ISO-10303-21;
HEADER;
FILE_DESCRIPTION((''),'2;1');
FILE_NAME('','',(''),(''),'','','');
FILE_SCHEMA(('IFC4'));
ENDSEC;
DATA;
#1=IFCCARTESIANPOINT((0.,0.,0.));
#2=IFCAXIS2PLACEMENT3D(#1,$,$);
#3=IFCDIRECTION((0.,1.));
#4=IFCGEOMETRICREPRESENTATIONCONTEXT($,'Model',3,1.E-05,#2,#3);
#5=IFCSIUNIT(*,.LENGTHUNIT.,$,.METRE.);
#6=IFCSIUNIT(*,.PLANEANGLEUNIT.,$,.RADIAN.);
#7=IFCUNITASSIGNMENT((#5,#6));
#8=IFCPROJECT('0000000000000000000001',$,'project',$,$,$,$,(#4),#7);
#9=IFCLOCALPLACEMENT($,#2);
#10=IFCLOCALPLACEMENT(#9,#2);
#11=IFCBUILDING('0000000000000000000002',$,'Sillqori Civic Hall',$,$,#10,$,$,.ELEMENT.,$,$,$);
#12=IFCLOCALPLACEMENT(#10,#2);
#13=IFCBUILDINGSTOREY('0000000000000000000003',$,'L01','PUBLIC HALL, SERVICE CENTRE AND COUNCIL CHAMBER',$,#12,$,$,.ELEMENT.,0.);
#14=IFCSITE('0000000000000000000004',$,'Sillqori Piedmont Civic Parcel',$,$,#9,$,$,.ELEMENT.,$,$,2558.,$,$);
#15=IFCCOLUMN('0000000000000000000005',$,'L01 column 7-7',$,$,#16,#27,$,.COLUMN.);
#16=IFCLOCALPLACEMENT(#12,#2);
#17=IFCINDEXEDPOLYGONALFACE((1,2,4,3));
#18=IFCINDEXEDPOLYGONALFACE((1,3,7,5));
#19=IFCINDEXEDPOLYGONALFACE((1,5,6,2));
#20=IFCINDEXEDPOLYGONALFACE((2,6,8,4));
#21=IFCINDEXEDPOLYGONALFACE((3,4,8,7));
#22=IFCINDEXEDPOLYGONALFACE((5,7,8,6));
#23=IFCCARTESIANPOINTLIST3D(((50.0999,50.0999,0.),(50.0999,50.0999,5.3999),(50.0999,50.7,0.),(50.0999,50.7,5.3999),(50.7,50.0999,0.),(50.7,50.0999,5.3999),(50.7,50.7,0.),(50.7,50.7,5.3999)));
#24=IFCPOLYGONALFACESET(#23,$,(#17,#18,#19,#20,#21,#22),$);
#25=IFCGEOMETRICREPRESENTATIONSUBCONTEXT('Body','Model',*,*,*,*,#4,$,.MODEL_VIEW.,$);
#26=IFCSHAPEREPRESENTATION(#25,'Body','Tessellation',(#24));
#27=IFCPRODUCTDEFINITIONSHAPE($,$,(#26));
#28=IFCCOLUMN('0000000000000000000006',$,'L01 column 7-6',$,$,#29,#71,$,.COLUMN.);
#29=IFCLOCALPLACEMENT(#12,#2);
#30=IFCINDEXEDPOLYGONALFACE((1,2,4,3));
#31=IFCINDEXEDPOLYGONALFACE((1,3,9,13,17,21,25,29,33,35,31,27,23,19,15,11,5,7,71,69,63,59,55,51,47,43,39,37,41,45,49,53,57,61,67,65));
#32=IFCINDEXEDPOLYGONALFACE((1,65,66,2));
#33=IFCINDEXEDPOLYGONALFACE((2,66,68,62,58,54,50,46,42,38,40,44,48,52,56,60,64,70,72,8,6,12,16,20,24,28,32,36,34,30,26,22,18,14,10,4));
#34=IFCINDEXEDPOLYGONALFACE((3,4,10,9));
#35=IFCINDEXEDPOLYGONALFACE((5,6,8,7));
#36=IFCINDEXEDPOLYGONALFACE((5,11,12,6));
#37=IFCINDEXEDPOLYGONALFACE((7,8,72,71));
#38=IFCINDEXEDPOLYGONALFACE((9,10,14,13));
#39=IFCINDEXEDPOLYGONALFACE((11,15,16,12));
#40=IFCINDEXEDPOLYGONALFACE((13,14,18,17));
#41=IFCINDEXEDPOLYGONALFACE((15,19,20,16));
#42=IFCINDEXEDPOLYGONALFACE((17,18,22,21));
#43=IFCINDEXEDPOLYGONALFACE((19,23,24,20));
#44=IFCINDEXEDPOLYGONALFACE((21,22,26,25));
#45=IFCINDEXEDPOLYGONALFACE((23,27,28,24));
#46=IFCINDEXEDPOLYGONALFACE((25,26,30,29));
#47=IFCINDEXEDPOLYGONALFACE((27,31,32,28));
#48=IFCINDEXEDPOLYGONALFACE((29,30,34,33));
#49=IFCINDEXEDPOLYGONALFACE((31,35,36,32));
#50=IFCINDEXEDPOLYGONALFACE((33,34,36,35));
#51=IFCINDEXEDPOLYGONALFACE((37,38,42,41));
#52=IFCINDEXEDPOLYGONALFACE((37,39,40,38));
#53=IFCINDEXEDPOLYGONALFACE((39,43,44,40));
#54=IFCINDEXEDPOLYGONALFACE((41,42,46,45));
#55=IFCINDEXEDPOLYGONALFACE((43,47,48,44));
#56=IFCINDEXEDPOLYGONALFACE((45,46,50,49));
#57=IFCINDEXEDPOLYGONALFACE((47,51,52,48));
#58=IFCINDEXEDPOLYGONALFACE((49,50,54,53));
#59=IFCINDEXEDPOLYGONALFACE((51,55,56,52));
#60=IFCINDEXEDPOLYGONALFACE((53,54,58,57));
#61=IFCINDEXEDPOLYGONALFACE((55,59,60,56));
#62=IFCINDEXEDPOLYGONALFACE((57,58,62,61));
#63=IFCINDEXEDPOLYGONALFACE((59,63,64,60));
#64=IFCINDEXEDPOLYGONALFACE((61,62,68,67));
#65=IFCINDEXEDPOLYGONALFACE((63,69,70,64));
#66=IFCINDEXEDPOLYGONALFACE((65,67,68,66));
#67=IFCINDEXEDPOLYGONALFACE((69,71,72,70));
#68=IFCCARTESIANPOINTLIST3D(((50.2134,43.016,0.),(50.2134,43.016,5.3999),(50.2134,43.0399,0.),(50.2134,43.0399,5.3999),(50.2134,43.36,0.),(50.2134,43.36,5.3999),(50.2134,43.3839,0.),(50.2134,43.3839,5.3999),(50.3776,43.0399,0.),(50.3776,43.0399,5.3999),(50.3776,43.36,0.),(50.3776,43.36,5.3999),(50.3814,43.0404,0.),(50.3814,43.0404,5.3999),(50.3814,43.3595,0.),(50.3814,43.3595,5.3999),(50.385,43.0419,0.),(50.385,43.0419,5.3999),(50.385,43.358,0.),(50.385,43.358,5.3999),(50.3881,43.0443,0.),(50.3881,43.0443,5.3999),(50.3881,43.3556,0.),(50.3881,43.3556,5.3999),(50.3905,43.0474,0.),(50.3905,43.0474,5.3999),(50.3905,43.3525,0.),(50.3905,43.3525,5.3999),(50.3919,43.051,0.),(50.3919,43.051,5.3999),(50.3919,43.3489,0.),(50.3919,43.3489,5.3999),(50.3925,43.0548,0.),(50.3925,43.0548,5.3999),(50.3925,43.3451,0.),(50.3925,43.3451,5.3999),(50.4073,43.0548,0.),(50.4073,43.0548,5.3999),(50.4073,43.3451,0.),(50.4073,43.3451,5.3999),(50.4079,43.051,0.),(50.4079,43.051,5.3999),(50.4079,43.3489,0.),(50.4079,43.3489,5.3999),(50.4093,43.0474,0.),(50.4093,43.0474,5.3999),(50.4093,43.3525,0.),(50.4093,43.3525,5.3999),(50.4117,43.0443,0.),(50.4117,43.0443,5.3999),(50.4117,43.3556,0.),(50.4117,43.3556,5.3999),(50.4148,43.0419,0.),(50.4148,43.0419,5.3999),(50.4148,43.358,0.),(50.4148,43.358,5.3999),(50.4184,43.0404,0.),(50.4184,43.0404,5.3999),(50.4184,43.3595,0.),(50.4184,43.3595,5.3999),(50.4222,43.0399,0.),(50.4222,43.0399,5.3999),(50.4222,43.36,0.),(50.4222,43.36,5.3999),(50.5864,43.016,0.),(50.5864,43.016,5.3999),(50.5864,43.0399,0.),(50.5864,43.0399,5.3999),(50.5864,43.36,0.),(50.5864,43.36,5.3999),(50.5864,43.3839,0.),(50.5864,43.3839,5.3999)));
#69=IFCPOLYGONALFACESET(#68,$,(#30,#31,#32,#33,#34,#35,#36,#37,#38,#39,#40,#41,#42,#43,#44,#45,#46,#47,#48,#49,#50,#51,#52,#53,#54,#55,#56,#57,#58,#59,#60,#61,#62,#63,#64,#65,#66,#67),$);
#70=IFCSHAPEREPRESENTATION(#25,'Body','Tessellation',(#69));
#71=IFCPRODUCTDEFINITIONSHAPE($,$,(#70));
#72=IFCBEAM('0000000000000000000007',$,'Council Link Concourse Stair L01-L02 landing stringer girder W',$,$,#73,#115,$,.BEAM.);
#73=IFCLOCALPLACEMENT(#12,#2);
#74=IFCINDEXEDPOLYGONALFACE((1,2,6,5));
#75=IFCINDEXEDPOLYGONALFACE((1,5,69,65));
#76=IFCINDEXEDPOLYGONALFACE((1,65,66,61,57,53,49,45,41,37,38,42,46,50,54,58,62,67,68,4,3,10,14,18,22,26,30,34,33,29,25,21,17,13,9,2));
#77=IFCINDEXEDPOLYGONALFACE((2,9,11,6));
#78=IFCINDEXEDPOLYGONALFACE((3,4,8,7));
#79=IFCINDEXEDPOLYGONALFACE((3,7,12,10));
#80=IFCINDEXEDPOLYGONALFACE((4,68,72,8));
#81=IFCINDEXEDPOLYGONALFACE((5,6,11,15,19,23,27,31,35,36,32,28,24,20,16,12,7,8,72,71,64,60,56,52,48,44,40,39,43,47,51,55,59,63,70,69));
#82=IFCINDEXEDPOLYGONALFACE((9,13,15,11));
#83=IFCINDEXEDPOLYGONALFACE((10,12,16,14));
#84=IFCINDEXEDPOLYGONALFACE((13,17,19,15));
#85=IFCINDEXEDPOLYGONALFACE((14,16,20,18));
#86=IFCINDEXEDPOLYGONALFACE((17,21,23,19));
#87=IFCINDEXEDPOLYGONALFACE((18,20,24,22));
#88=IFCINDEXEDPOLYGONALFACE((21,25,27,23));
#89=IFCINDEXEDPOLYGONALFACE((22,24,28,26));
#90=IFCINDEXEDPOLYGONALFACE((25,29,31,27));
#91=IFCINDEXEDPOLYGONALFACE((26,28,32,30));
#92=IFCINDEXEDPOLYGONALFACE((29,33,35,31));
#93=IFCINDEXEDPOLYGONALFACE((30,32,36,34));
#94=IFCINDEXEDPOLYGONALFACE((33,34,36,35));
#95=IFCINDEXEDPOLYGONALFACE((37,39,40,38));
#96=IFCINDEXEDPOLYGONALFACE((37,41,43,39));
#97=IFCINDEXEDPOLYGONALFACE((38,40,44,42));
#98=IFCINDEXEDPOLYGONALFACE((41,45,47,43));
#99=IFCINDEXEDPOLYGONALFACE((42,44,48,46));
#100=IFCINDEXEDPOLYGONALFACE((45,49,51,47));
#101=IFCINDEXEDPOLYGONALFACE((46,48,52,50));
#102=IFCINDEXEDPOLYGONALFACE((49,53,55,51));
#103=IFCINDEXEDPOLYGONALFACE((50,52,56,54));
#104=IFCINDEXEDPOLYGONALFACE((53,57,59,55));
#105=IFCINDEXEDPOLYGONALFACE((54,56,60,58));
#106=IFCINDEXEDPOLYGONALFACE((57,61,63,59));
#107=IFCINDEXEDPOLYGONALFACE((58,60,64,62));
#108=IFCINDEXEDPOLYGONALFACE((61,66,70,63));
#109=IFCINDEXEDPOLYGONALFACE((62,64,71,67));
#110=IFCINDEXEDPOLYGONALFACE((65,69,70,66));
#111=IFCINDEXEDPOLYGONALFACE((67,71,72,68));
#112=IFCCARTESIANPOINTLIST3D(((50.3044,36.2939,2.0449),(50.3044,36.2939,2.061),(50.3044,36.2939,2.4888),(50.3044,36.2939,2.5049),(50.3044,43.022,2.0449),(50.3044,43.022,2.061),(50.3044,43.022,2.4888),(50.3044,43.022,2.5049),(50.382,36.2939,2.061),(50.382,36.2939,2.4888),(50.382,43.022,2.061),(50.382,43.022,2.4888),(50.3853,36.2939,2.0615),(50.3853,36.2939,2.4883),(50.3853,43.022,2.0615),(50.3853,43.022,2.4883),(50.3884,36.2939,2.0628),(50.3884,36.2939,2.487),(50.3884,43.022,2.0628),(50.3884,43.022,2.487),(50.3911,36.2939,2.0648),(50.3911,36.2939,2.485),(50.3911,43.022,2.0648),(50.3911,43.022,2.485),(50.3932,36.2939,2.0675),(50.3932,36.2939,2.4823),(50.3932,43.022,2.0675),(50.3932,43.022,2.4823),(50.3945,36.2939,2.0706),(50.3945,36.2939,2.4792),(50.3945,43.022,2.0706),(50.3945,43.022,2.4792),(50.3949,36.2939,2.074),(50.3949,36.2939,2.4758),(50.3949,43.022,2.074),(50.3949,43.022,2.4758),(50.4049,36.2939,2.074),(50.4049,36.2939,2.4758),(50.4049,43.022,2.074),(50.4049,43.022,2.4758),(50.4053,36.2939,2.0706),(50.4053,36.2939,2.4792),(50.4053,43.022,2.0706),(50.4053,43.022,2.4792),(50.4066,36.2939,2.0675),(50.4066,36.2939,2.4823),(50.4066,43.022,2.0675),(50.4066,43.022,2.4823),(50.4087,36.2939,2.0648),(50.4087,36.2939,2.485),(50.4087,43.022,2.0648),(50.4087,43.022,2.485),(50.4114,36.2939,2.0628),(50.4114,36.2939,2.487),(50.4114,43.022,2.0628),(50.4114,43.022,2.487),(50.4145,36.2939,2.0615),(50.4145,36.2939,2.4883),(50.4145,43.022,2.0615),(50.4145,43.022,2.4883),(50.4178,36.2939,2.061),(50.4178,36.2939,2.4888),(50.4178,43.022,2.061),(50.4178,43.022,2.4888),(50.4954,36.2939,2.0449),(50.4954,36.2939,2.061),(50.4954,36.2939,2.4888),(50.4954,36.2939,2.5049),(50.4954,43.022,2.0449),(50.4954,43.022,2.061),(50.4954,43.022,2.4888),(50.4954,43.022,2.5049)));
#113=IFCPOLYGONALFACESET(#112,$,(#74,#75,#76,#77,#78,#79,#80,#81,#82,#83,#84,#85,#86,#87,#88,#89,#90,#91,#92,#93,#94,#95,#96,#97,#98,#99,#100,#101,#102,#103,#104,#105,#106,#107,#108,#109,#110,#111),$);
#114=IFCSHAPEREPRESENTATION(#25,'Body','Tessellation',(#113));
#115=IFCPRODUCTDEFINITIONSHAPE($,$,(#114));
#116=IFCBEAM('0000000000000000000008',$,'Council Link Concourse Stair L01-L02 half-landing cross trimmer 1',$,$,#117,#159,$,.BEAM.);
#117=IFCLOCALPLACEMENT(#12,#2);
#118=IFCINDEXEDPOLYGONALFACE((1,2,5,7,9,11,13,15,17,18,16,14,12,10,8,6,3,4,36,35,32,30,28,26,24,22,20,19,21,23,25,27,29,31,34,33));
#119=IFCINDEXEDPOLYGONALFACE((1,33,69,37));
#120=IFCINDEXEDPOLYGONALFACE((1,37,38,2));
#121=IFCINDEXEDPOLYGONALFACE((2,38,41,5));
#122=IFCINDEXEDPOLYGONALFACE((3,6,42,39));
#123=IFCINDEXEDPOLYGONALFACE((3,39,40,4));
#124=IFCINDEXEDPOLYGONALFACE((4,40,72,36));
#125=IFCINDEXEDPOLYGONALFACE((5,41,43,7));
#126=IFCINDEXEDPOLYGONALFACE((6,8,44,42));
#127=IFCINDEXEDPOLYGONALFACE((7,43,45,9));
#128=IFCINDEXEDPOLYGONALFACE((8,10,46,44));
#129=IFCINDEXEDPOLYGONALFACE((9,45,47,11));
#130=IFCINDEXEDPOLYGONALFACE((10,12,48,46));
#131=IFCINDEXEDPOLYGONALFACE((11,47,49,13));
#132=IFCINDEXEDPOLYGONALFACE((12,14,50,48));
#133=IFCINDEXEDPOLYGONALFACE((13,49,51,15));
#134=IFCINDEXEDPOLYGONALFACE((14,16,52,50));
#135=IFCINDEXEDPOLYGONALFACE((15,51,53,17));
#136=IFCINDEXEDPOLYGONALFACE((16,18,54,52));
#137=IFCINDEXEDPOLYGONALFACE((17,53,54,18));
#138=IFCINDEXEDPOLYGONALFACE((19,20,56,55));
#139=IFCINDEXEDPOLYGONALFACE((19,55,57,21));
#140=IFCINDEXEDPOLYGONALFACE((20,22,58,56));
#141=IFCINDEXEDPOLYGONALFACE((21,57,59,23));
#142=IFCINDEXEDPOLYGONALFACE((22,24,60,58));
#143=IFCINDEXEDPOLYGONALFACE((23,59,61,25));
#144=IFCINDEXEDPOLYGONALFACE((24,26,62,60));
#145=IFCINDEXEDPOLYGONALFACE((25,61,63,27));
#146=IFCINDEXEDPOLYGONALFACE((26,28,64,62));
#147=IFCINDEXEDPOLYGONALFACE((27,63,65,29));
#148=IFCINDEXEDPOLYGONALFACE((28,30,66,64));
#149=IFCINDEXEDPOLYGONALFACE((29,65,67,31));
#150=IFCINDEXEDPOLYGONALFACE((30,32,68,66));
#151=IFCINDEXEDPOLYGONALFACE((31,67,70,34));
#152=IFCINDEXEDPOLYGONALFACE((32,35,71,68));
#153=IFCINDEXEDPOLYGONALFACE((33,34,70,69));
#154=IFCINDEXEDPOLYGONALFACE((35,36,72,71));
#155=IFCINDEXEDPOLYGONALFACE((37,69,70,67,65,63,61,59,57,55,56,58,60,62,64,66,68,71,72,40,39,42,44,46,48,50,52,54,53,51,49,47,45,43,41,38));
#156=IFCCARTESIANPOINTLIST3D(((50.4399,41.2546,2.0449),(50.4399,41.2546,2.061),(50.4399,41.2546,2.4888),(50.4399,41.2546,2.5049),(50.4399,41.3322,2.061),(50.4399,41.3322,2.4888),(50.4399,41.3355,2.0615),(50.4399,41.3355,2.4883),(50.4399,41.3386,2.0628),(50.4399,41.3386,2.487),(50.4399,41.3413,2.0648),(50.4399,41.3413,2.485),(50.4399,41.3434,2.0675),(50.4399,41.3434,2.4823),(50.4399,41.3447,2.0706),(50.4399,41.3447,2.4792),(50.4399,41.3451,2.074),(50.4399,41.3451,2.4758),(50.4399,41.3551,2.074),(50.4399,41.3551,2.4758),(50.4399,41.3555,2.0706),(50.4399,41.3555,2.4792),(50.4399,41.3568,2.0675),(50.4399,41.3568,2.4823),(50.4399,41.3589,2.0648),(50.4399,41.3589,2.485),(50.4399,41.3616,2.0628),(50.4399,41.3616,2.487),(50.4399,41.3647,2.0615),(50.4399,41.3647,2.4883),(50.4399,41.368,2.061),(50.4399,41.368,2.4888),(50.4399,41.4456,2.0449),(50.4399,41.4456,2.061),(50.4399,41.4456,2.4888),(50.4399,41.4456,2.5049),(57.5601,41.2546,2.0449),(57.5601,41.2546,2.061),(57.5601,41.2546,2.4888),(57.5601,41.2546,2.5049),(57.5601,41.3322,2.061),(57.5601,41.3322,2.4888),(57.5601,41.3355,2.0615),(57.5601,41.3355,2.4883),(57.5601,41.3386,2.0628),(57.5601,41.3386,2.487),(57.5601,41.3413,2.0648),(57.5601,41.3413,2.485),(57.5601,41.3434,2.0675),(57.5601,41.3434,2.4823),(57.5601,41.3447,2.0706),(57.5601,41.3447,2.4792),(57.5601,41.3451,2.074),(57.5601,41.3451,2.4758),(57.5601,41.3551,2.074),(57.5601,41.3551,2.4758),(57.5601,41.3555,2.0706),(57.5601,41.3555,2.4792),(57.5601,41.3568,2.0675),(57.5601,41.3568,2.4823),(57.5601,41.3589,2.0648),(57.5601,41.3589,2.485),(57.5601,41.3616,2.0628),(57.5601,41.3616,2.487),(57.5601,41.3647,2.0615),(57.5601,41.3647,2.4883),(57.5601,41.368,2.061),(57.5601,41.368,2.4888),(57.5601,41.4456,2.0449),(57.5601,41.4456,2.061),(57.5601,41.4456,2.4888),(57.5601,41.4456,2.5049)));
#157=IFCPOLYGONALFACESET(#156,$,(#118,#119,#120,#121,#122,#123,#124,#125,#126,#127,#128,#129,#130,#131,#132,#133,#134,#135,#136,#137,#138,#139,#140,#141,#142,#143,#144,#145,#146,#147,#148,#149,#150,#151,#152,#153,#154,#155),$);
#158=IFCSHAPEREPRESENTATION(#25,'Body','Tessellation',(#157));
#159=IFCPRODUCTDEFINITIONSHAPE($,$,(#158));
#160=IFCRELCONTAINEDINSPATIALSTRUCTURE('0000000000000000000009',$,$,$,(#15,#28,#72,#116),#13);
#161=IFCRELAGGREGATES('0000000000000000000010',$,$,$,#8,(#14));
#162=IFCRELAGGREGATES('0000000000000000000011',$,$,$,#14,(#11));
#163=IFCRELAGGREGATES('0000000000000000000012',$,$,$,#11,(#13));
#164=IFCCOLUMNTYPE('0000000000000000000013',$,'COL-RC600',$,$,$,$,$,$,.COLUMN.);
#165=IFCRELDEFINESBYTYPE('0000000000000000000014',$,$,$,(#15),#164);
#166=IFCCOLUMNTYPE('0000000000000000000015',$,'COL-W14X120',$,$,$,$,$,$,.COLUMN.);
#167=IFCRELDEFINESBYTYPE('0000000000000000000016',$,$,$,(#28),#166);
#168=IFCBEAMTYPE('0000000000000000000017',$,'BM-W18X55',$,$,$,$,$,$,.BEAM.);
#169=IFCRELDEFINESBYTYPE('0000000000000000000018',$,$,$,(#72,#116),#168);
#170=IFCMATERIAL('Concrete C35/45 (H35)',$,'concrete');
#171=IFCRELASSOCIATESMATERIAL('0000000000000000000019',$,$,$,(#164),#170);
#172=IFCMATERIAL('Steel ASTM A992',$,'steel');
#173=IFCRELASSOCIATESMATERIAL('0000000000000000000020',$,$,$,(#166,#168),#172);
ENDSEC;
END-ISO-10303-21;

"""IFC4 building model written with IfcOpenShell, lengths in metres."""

from ifc_helpers import new_model, si_unit, direction, frame, origin, origin_2d, place, context, subcontext, project, spatial, rectangle, i_section, extrude, material, material_profile, profile_set, type_object, element, save


model = new_model("IFC4")

# Units and contexts
model_context = context("Model", 3, precision=1e-05, world=origin(), true_north=direction((0.0, 1.0)))
body_context = subcontext(model_context, "Body", "Model", "MODEL_VIEW")
ifc_project = project(units=[si_unit("LENGTHUNIT", "METRE"), si_unit("PLANEANGLEUNIT", "RADIAN")], contexts=[model_context])

# Site, building, storey
site_placement = place(None, origin())
site = spatial("IfcSite", under=ifc_project, at=site_placement, Name="Sillqori Piedmont Civic Parcel", CompositionType="ELEMENT", RefElevation=2558.0)
building_placement = place(site_placement, origin())
building = spatial("IfcBuilding", under=site, at=building_placement, Name="Sillqori Civic Hall", CompositionType="ELEMENT")
storey_placement = place(building_placement, origin())
storey = spatial("IfcBuildingStorey", under=building, at=storey_placement, Name="L01", Description="PUBLIC HALL, SERVICE CENTRE AND COUNCIL CHAMBER", CompositionType="ELEMENT", Elevation=0.0)

# Columns
ifc_material_1 = material(Name="Concrete C35/45 (H35)", Category="concrete")
ifc_material_profile_1 = material_profile(ifc_material_1, rectangle(XDim=0.6001, YDim=0.6001, at=origin_2d()), Name="RC 600x600")
ifc_profile_set_1 = profile_set([ifc_material_profile_1], Name="Concrete C35/45 (H35)")
column_type_1 = type_object("IfcColumnType", Name="COL-RC600", PredefinedType="COLUMN", material=ifc_profile_set_1)
column_1_placement = place(storey_placement, frame((50.3999, 50.3999, 0.0), z_axis=(0.0, 0.0, 1.0), x_axis=(1.0, 0.0, 0.0)))
element("IfcColumn", 1, at=column_1_placement, inside=storey, type_object=column_type_1, Name="L01 column 7-7", PredefinedType="COLUMN", context=body_context, shape_type="SweptSolid", body=[
    extrude(rectangle(XDim=0.6001, YDim=0.6001, at=origin_2d()), origin(), (0.0, 0.0, 1.0), 5.3999),
])
ifc_material_2 = material(Name="Steel ASTM A992", Category="steel")
ifc_material_profile_2 = material_profile(ifc_material_2, i_section(OverallWidth=0.373, OverallDepth=0.3679, WebThickness=0.0149, FlangeThickness=0.0239, FilletRadius=0.0149, at=origin_2d()), Name="W14X120")
ifc_profile_set_2 = profile_set([ifc_material_profile_2], Name="Steel ASTM A992")
column_type_2 = type_object("IfcColumnType", Name="COL-W14X120", PredefinedType="COLUMN", material=ifc_profile_set_2)
column_2_placement = place(storey_placement, frame((50.3999, 43.2, 0.0), z_axis=(0.0, 0.0, 1.0), x_axis=(1.0, 0.0, 0.0)))
element("IfcColumn", 2, at=column_2_placement, inside=storey, type_object=column_type_2, Name="L01 column 7-6", PredefinedType="COLUMN", context=body_context, shape_type="SweptSolid", body=[
    extrude(i_section(OverallWidth=0.373, OverallDepth=0.3679, WebThickness=0.0149, FlangeThickness=0.0239, FilletRadius=0.0149, at=origin_2d()), origin(), (0.0, 0.0, 1.0), 5.3999),
])

# Beams
ifc_material_profile_3 = material_profile(ifc_material_2, i_section(OverallWidth=0.1909, OverallDepth=0.46, WebThickness=0.01, FlangeThickness=0.0161, FilletRadius=0.0129, at=origin_2d()), Name="W18X55")
ifc_profile_set_3 = profile_set([ifc_material_profile_3], Name="Steel ASTM A992")
beam_type_1 = type_object("IfcBeamType", Name="BM-W18X55", PredefinedType="BEAM", material=ifc_profile_set_3)
beam_1_placement = place(storey_placement, frame((50.3999, 36.2939, 2.2749), z_axis=(0.0, 1.0, 0.0), x_axis=(-1.0, 0.0, 0.0)))
element("IfcBeam", 3, at=beam_1_placement, inside=storey, type_object=beam_type_1, Name="Council Link Concourse Stair L01-L02 landing stringer girder W", PredefinedType="BEAM", context=body_context, shape_type="SweptSolid", body=[
    extrude(i_section(OverallWidth=0.1909, OverallDepth=0.46, WebThickness=0.01, FlangeThickness=0.0161, FilletRadius=0.0129, at=origin_2d()), origin(), (0.0, 0.0, 1.0), 6.728),
])
for number, where, z_axis, x_axis, name in (
    (4, (50.4399, 41.3501, 2.2749), (1.0, 0.0, 0.0), (0.0, 1.0, 0.0), "Council Link Concourse Stair L01-L02 half-landing cross trimmer 1"),
):
    element("IfcBeam", number, at=place(storey_placement, frame(where, z_axis=z_axis, x_axis=x_axis)), inside=storey, type_object=beam_type_1, Name=name, PredefinedType="BEAM", context=body_context, shape_type="SweptSolid", body=[
        extrude(i_section(OverallWidth=0.1909, OverallDepth=0.46, WebThickness=0.01, FlangeThickness=0.0161, FilletRadius=0.0129, at=origin_2d()), origin(), (0.0, 0.0, 1.0), 7.1201),
    ])

save(model, "model.ifc")
